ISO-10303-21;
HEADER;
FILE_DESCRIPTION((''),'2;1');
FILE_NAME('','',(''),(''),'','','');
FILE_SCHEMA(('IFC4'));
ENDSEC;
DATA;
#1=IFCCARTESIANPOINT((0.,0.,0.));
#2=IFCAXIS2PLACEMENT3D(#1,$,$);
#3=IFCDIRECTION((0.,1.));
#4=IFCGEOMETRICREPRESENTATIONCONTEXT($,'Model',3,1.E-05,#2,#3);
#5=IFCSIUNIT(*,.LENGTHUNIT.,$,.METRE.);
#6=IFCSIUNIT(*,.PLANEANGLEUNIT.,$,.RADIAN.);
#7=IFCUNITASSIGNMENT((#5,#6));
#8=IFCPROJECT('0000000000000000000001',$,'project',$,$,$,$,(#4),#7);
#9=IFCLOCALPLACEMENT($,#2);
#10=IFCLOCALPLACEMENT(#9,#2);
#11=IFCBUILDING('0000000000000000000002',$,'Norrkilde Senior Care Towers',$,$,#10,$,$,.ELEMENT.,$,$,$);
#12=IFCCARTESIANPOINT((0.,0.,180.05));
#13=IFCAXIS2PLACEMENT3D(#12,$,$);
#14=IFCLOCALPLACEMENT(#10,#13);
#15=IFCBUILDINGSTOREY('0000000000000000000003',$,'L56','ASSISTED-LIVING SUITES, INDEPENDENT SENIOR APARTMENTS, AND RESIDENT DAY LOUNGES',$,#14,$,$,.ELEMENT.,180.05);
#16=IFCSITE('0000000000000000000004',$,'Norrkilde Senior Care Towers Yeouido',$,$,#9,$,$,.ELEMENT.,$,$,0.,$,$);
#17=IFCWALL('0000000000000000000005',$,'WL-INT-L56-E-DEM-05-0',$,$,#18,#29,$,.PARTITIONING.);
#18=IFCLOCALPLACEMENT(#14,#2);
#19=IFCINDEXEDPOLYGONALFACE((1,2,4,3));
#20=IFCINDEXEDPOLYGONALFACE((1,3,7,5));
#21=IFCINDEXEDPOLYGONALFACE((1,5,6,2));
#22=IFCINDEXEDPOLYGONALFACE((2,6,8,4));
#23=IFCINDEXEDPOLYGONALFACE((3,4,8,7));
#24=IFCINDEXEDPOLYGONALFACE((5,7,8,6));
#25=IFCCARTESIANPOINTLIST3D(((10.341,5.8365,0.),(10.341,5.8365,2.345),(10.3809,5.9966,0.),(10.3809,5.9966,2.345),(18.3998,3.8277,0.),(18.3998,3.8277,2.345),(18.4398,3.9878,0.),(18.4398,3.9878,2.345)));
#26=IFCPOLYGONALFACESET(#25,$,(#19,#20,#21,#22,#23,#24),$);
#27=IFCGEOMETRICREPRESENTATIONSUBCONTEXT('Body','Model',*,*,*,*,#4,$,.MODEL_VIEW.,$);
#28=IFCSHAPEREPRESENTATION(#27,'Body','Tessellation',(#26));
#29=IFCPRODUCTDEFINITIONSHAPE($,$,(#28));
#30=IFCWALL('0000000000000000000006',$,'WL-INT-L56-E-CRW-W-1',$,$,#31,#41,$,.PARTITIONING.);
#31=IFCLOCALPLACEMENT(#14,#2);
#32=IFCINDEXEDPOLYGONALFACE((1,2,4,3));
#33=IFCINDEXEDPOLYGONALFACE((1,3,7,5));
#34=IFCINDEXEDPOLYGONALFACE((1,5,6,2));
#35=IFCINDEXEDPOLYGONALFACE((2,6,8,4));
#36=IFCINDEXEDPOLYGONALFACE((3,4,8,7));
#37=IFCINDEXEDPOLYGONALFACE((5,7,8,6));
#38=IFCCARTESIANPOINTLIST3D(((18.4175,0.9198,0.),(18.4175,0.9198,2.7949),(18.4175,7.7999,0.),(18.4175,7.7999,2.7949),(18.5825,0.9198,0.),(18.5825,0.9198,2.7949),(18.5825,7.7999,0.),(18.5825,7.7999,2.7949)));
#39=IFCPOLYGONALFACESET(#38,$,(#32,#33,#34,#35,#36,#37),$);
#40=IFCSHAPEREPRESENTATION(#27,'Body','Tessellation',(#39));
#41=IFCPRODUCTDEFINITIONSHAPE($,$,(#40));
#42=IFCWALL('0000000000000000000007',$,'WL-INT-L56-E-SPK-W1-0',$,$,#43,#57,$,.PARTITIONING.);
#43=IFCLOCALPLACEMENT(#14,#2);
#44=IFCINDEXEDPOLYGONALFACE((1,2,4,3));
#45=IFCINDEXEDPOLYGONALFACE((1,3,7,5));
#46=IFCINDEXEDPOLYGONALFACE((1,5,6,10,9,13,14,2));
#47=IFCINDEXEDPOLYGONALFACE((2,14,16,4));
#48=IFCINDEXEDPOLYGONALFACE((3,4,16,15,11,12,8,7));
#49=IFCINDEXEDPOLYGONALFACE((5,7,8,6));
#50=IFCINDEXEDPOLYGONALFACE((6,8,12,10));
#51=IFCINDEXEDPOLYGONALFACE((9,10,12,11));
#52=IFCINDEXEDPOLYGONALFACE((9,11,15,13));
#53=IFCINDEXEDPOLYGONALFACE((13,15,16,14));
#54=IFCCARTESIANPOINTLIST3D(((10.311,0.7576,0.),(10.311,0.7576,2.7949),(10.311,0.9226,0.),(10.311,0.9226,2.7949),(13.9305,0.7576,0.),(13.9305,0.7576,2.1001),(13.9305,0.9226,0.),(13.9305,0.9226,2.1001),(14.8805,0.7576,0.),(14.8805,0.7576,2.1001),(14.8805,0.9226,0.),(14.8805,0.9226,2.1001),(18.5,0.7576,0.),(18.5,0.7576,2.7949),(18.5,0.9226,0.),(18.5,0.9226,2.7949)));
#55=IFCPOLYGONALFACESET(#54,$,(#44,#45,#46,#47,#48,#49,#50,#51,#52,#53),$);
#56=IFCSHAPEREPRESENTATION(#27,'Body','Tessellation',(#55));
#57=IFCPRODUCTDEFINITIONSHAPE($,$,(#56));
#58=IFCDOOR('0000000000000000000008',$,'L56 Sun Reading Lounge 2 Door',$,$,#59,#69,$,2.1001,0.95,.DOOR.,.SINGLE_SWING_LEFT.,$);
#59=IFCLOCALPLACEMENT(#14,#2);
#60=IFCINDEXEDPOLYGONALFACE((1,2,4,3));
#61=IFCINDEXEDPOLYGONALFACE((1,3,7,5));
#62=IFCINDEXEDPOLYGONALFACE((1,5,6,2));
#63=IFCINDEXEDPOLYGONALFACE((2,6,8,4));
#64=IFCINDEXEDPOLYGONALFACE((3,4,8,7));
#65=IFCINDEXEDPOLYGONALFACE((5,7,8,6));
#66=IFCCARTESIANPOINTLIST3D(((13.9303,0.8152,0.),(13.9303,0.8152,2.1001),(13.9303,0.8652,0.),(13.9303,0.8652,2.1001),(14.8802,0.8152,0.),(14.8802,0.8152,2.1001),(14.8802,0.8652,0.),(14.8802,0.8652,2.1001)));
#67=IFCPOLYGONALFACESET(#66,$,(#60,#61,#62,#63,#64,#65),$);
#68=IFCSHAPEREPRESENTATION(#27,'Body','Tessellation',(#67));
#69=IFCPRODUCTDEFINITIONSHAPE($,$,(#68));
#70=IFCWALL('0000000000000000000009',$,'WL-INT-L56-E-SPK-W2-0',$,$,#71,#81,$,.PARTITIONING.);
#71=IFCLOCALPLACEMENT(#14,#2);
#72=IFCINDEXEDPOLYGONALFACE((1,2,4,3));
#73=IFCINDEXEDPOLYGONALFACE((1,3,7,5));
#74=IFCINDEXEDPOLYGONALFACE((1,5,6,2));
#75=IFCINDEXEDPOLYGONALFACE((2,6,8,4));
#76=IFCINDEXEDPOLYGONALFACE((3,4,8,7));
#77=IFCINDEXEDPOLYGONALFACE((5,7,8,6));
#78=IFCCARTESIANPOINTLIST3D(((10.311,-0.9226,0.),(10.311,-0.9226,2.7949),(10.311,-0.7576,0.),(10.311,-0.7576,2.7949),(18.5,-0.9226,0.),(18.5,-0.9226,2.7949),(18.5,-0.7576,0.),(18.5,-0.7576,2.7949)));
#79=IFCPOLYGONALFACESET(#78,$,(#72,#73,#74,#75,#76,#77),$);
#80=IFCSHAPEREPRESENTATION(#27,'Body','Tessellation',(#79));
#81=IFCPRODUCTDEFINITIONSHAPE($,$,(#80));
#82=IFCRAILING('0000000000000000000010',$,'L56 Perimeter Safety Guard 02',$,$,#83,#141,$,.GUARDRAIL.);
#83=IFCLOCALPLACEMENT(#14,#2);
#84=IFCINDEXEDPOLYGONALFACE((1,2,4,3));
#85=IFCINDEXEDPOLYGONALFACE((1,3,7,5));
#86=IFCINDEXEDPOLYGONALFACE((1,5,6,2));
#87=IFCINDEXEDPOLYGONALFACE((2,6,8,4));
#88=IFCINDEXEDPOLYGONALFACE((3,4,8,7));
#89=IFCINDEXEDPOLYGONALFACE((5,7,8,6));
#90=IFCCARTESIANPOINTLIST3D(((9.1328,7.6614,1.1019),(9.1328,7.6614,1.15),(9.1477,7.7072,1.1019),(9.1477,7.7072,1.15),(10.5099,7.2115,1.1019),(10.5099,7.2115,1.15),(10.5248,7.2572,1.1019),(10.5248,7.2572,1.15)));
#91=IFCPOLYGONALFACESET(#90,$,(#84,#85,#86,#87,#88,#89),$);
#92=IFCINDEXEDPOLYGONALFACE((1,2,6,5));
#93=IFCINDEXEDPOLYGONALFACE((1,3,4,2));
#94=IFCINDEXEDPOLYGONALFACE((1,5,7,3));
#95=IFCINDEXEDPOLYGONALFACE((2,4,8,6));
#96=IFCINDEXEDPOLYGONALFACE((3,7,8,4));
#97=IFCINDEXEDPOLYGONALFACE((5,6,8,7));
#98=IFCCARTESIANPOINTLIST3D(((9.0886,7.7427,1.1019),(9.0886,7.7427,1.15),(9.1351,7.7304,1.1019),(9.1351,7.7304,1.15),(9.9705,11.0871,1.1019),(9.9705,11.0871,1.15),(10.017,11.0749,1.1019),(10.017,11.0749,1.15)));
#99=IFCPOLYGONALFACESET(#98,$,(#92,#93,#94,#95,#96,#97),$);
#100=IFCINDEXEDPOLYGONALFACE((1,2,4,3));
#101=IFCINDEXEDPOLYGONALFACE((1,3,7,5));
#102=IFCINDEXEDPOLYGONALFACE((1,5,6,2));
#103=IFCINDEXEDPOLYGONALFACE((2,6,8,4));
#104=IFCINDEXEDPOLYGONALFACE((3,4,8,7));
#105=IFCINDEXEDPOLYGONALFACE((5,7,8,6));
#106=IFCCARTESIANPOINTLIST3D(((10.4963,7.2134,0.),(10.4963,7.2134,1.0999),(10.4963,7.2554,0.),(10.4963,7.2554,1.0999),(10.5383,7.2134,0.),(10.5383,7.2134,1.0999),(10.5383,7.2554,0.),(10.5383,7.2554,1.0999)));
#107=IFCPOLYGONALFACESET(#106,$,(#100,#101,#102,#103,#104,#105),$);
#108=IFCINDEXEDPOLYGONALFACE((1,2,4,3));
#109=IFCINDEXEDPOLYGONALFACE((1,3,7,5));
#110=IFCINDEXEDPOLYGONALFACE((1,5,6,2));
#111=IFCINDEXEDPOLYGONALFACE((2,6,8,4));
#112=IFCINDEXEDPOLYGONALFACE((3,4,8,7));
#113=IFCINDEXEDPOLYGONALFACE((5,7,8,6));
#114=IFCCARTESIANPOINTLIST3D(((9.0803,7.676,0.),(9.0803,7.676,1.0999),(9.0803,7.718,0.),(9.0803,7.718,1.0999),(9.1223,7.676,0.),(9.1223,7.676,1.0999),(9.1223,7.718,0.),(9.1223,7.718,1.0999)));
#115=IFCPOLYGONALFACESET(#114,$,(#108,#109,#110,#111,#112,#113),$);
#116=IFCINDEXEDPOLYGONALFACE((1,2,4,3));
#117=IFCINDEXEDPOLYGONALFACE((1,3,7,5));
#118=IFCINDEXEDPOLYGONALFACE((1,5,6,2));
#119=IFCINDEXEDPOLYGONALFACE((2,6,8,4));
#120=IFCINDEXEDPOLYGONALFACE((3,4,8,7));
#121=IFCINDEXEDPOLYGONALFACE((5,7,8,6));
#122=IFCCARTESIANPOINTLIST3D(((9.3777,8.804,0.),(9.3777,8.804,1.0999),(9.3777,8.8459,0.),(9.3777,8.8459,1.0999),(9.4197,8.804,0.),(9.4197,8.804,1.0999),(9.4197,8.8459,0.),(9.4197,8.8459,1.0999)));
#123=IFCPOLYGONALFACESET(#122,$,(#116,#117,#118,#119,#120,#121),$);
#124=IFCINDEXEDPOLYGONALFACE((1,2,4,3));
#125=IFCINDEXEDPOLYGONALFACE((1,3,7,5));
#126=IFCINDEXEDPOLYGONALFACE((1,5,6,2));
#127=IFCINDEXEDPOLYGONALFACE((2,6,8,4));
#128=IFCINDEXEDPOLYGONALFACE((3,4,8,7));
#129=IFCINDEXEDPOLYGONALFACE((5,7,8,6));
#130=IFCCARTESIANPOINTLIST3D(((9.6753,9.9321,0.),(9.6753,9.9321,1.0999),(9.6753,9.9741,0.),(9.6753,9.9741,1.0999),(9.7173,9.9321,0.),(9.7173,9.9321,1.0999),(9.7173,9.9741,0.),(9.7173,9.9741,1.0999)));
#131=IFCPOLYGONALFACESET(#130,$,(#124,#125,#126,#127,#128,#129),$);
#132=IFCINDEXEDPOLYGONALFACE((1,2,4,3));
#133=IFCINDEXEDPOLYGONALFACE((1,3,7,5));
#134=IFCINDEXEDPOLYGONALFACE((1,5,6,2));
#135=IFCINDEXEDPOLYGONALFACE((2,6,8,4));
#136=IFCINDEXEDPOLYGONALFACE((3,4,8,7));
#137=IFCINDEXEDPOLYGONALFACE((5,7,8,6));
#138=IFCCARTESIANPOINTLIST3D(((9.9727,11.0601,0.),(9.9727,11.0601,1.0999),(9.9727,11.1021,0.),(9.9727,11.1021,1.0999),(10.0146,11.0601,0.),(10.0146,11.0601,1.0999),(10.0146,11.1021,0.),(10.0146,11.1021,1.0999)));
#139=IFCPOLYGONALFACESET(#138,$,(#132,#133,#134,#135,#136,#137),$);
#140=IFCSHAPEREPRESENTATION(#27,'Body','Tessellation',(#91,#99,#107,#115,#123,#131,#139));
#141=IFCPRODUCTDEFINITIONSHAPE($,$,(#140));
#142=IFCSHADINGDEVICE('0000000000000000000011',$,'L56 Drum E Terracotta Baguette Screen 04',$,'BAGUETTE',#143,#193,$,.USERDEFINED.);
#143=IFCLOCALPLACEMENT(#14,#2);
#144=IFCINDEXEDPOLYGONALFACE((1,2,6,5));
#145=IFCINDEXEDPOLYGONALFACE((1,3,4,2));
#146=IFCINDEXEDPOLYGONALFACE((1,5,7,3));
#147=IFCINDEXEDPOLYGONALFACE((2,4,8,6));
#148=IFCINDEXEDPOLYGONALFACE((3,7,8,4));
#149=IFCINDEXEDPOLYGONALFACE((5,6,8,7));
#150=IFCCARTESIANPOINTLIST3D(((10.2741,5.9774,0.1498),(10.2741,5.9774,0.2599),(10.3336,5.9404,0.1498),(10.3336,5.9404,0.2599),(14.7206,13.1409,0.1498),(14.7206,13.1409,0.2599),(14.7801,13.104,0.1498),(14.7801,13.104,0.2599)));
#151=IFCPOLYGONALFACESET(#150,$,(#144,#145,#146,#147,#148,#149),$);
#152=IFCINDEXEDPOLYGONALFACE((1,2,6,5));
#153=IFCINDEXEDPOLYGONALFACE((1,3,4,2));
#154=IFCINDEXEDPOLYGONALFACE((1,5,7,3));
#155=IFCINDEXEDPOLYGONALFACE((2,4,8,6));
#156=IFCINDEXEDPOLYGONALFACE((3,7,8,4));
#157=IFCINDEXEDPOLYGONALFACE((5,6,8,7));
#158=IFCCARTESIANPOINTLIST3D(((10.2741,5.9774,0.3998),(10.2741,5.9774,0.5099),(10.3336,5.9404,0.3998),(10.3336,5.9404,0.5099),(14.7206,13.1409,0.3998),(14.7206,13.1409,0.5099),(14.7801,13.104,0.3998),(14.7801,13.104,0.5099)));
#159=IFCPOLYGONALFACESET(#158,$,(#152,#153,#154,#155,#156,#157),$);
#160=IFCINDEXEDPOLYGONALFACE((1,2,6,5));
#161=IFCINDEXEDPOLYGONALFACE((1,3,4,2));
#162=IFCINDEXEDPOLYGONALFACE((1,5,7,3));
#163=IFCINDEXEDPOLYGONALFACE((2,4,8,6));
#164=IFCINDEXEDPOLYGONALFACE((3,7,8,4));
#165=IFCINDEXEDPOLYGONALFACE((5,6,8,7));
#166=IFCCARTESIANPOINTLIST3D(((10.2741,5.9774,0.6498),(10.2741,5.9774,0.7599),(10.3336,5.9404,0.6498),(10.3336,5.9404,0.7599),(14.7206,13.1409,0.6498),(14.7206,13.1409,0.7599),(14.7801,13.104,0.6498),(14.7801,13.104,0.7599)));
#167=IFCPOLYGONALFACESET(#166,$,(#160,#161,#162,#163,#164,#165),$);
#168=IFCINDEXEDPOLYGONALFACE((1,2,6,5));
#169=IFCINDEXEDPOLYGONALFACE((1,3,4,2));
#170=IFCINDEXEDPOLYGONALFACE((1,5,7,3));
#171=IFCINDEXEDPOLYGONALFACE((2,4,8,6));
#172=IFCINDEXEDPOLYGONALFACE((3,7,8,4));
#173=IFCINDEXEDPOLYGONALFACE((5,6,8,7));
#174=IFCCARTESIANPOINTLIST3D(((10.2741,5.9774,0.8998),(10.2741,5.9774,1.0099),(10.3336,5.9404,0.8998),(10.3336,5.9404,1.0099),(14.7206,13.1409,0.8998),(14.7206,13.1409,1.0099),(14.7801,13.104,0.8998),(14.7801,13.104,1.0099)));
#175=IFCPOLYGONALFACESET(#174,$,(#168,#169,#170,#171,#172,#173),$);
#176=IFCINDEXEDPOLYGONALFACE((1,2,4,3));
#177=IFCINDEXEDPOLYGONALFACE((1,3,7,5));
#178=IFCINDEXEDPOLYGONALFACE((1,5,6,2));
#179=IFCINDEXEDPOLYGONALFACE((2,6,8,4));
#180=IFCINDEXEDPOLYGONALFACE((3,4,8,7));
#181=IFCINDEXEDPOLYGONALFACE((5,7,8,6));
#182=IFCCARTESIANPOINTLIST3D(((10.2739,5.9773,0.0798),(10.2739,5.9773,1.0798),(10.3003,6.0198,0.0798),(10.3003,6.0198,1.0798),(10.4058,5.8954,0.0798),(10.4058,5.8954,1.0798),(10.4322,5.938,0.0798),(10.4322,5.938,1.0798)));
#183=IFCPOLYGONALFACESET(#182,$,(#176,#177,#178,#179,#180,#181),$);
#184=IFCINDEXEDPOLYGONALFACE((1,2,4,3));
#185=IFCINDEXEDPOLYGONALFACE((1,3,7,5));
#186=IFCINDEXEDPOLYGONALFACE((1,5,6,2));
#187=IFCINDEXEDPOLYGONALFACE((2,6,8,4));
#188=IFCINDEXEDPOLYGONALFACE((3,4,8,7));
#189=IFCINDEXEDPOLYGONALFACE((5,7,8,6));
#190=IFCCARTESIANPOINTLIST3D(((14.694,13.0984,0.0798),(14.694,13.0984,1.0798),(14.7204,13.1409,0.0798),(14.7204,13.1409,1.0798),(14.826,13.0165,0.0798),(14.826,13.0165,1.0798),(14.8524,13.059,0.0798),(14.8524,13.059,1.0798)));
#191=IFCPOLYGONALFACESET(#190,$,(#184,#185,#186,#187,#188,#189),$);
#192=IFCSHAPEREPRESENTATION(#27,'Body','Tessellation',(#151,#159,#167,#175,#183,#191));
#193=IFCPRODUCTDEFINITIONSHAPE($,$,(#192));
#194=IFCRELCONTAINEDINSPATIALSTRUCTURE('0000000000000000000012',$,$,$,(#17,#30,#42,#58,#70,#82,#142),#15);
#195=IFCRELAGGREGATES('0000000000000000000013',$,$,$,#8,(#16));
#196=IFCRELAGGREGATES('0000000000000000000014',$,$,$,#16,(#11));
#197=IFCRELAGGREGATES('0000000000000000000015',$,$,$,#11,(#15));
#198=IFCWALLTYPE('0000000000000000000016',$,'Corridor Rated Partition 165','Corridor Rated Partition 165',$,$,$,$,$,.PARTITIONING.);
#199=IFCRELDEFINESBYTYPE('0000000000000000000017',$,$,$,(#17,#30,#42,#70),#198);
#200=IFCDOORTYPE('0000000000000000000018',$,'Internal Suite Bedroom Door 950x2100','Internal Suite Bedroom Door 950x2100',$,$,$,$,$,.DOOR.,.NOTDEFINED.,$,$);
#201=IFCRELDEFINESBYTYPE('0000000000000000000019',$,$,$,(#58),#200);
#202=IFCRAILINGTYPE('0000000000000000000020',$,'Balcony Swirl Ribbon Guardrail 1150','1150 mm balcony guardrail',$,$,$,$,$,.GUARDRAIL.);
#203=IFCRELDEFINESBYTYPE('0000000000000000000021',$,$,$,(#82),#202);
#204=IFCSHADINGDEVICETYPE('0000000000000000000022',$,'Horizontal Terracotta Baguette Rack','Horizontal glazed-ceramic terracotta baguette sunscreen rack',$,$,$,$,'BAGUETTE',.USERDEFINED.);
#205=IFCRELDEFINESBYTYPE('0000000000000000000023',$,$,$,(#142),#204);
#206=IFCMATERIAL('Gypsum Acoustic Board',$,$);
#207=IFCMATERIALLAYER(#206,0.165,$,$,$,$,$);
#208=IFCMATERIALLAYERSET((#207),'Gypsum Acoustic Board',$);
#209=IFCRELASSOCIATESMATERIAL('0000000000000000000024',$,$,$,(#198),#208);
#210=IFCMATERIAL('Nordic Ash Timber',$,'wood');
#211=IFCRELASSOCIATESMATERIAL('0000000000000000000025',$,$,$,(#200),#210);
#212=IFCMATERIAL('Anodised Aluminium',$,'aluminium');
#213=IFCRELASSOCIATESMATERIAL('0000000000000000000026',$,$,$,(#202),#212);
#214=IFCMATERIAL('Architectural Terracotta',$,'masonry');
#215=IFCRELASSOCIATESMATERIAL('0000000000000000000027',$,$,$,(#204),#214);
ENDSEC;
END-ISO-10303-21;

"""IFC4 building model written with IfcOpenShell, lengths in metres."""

from ifc_helpers import new_model, si_unit, direction, frame, frame_2d, origin, origin_2d, place, context, subcontext, project, spatial, rectangle, extrude, source, transform, mapped, material, layer, layer_set, type_object, type_shapes, element, fill, save


model = new_model("IFC4")

# Units and contexts
model_context = context("Model", 3, precision=1e-05, world=origin(), true_north=direction((0.0, 1.0)))
body_context = subcontext(model_context, "Body", "Model", "MODEL_VIEW")
ifc_project = project(units=[si_unit("LENGTHUNIT", "METRE"), si_unit("PLANEANGLEUNIT", "RADIAN")], contexts=[model_context])

# Site, building, storey
site_placement = place(None, origin())
site = spatial("IfcSite", under=ifc_project, at=site_placement, Name="Norrkilde Senior Care Towers Yeouido", CompositionType="ELEMENT", RefElevation=0.0)
building_placement = place(site_placement, origin())
building = spatial("IfcBuilding", under=site, at=building_placement, Name="Norrkilde Senior Care Towers", CompositionType="ELEMENT")
storey_placement = place(building_placement, frame((0.0, 0.0, 180.05)))
storey = spatial("IfcBuildingStorey", under=building, at=storey_placement, Name="L56", Description="ASSISTED-LIVING SUITES, INDEPENDENT SENIOR APARTMENTS, AND RESIDENT DAY LOUNGES", CompositionType="ELEMENT", Elevation=180.05)

# Shared definitions
ifc_material_1 = material(Name="Anodised Aluminium", Category="aluminium")

# Walls
ifc_material_2 = material(Name="Gypsum Acoustic Board")
ifc_layer_1 = layer(ifc_material_2, 0.165)
ifc_layer_set_1 = layer_set([ifc_layer_1], Name="Gypsum Acoustic Board")
wall_type = type_object("IfcWallType", Name="Corridor Rated Partition 165", Description="Corridor Rated Partition 165", PredefinedType="PARTITIONING", material=ifc_layer_set_1)
shared_shape_1 = source(origin(), body_context, "Body", "SweptSolid", [
    extrude(rectangle(XDim=8.3054, YDim=0.165, at=frame_2d((4.1528, 0.0))), origin(), (0.0, 0.0, 1.0), 2.345),
])
wall_1_placement = place(storey_placement, frame((18.4199, 3.9077, 0.0), z_axis=(0.0, 0.0, 1.0), x_axis=(-0.97031, 0.241865, 0.0)))
element("IfcWall", 1, at=wall_1_placement, inside=storey, type_object=wall_type, Name="WL-INT-L56-E-DEM-05-0", PredefinedType="PARTITIONING", context=body_context, shape_type="MappedRepresentation", body=[
    mapped(shared_shape_1, transform((0.0, 0.0, 0.0), x_axis=(1.0, 0.0, 0.0), y_axis=(0.0, 1.0, 0.0), z_axis=(0.0, 0.0, 1.0), scale=1.0)),
])
shared_shape_2 = source(origin(), body_context, "Body", "SweptSolid", [
    extrude(rectangle(XDim=6.8801, YDim=0.165, at=frame_2d((3.4399, 0.0))), origin(), (0.0, 0.0, 1.0), 2.7949),
])
wall_2_placement = place(storey_placement, frame((18.5, 0.9199, 0.0), z_axis=(0.0, 0.0, 1.0), x_axis=(0.0, 1.0, 0.0)))
element("IfcWall", 2, at=wall_2_placement, inside=storey, type_object=wall_type, Name="WL-INT-L56-E-CRW-W-1", PredefinedType="PARTITIONING", context=body_context, shape_type="MappedRepresentation", body=[
    mapped(shared_shape_2, transform((0.0, 0.0, 0.0), x_axis=(1.0, 0.0, 0.0), y_axis=(0.0, 1.0, 0.0), z_axis=(0.0, 0.0, 1.0), scale=1.0)),
])

# Wall, opening, door
shared_shape_3 = source(origin(), body_context, "Body", "SweptSolid", [
    extrude(rectangle(XDim=8.189, YDim=0.165, at=frame_2d((4.0945, 0.0))), origin(), (0.0, 0.0, 1.0), 2.7949),
])
wall_3_placement = place(storey_placement, frame((10.311, 0.8401, 0.0), z_axis=(0.0, 0.0, 1.0), x_axis=(1.0, 0.0, 0.0)))
wall_3 = element("IfcWall", 3, at=wall_3_placement, inside=storey, type_object=wall_type, Name="WL-INT-L56-E-SPK-W1-0", PredefinedType="PARTITIONING", context=body_context, shape_type="MappedRepresentation", body=[
    mapped(shared_shape_3, transform((0.0, 0.0, 0.0), x_axis=(1.0, 0.0, 0.0), y_axis=(0.0, 1.0, 0.0), z_axis=(0.0, 0.0, 1.0), scale=1.0)),
])
opening_placement = place(wall_3_placement, frame((3.6194, 0.0, 0.0)))
opening = element("IfcOpeningElement", 4, at=opening_placement, cuts=wall_3, PredefinedType="OPENING", context=body_context, shape_type="SweptSolid", body=[
    extrude(rectangle(XDim=0.95, YDim=2.1001, at=frame_2d((0.4751, 1.05))), frame((0.0, 0.0925, 0.0), z_axis=(0.0, -1.0, 0.0), x_axis=(1.0, 0.0, 0.0)), (0.0, 0.0, 1.0), 0.1851),
])
ifc_material_3 = material(Name="Nordic Ash Timber", Category="wood")
door_type = type_object("IfcDoorType", Name="Internal Suite Bedroom Door 950x2100", Description="Internal Suite Bedroom Door 950x2100", OperationType="NOTDEFINED", PredefinedType="DOOR", material=ifc_material_3)
shared_shape_4 = source(origin(), body_context, "Body", "SweptSolid", [
    extrude(rectangle(XDim=0.95, YDim=2.1001, at=frame_2d((0.4751, 1.05))), frame((0.0, 0.0249, 0.0), z_axis=(0.0, -1.0, 0.0), x_axis=(1.0, 0.0, 0.0)), (0.0, 0.0, 1.0), 0.05),
])
type_shapes(door_type, [shared_shape_4])
door_placement = place(opening_placement, frame((0.95, 0.0, 0.0), z_axis=(0.0, 0.0, 1.0), x_axis=(-1.0, 0.0, 0.0)))
door = element("IfcDoor", 5, at=door_placement, inside=storey, type_object=door_type, Name="L56 Sun Reading Lounge 2 Door", OperationType="SINGLE_SWING_LEFT", OverallHeight=2.1001, OverallWidth=0.95, PredefinedType="DOOR", context=body_context, shape_type="MappedRepresentation", body=[
    mapped(shared_shape_4, transform((0.0, 0.0, 0.0), x_axis=(1.0, 0.0, 0.0), y_axis=(0.0, 1.0, 0.0), z_axis=(0.0, 0.0, 1.0), scale=1.0)),
])
fill(opening, door)

# Wall
wall_4_placement = place(storey_placement, frame((18.5, -0.8401, 0.0), z_axis=(0.0, 0.0, 1.0), x_axis=(-1.0, 0.0, 0.0)))
element("IfcWall", 6, at=wall_4_placement, inside=storey, type_object=wall_type, Name="WL-INT-L56-E-SPK-W2-0", PredefinedType="PARTITIONING", context=body_context, shape_type="MappedRepresentation", body=[
    mapped(shared_shape_3, transform((0.0, 0.0, 0.0), x_axis=(1.0, 0.0, 0.0), y_axis=(0.0, 1.0, 0.0), z_axis=(0.0, 0.0, 1.0), scale=1.0)),
])

# Railing
railing_type = type_object("IfcRailingType", Name="Balcony Swirl Ribbon Guardrail 1150", Description="1150 mm balcony guardrail", PredefinedType="GUARDRAIL", material=ifc_material_1)
railing_1_placement = place(storey_placement, frame((10.5173, 7.2344, 0.0)))
element("IfcRailing", 7, at=railing_1_placement, inside=storey, type_object=railing_type, Name="L56 Perimeter Safety Guard 02", PredefinedType="GUARDRAIL", context=body_context, shape_type="SweptSolid", body=[
    extrude(rectangle(XDim=0.0481, YDim=0.0481, at=origin_2d()), frame((0.0, 0.0, 1.126), z_axis=(-0.950551, 0.310568, 0.0), x_axis=(-0.310568, -0.950551, 0.0)), (0.0, 0.0, 1.0), 1.4487),
    extrude(rectangle(XDim=0.0481, YDim=0.0481, at=origin_2d()), frame((-1.4055, 0.5022, 1.126), z_axis=(0.254974, 0.966948, 0.0), x_axis=(-0.966948, 0.254974, 0.0)), (0.0, 0.0, 1.0), 3.4587),
    extrude(rectangle(XDim=0.042, YDim=0.042, at=origin_2d()), origin(), (0.0, 0.0, 1.0), 1.0999),
    extrude(rectangle(XDim=0.042, YDim=0.042, at=origin_2d()), frame((-1.416, 0.4626, 0.0)), (0.0, 0.0, 1.0), 1.0999),
    extrude(rectangle(XDim=0.042, YDim=0.042, at=origin_2d()), frame((-1.1187, 1.5906, 0.0)), (0.0, 0.0, 1.0), 1.0999),
    extrude(rectangle(XDim=0.042, YDim=0.042, at=origin_2d()), frame((-0.821, 2.7188, 0.0)), (0.0, 0.0, 1.0), 1.0999),
    extrude(rectangle(XDim=0.042, YDim=0.042, at=origin_2d()), frame((-0.5237, 3.8467, 0.0)), (0.0, 0.0, 1.0), 1.0999),
])

# Shading device
ifc_material_4 = material(Name="Architectural Terracotta", Category="masonry")
shading_device_type = type_object("IfcShadingDeviceType", Name="Horizontal Terracotta Baguette Rack", Description="Horizontal glazed-ceramic terracotta baguette sunscreen rack", ElementType="BAGUETTE", PredefinedType="USERDEFINED", material=ifc_material_4)
shared_shape_5 = source(origin(), body_context, "Body", "SweptSolid", [
    extrude(rectangle(XDim=0.0701, YDim=0.1101, at=origin_2d()), frame((0.0, 0.0901, 0.125), z_axis=(1.0, 0.0, 0.0), x_axis=(0.0, 1.0, 0.0)), (0.0, 0.0, 1.0), 8.4314),
    extrude(rectangle(XDim=0.0701, YDim=0.1101, at=origin_2d()), frame((0.0, 0.0901, 0.375), z_axis=(1.0, 0.0, 0.0), x_axis=(0.0, 1.0, 0.0)), (0.0, 0.0, 1.0), 8.4314),
    extrude(rectangle(XDim=0.0701, YDim=0.1101, at=origin_2d()), frame((0.0, 0.0901, 0.625), z_axis=(1.0, 0.0, 0.0), x_axis=(0.0, 1.0, 0.0)), (0.0, 0.0, 1.0), 8.4314),
    extrude(rectangle(XDim=0.0701, YDim=0.1101, at=origin_2d()), frame((0.0, 0.0901, 0.875), z_axis=(1.0, 0.0, 0.0), x_axis=(0.0, 1.0, 0.0)), (0.0, 0.0, 1.0), 8.4314),
    extrude(rectangle(XDim=0.05, YDim=0.1553, at=origin_2d()), frame((0.0249, 0.0476, 0.0)), (0.0, 0.0, 1.0), 1.0),
    extrude(rectangle(XDim=0.05, YDim=0.1553, at=origin_2d()), frame((8.4062, 0.0476, 0.0)), (0.0, 0.0, 1.0), 1.0),
])
type_shapes(shading_device_type, [shared_shape_5])
shading_device_placement = place(storey_placement, frame((10.3804, 5.9114, 0.0798), z_axis=(0.0, 0.0, 1.0), x_axis=(0.527378, 0.849631, 0.0)))
element("IfcShadingDevice", 8, at=shading_device_placement, inside=storey, type_object=shading_device_type, Name="L56 Drum E Terracotta Baguette Screen 04", ObjectType="BAGUETTE", PredefinedType="USERDEFINED", context=body_context, shape_type="MappedRepresentation", body=[
    mapped(shared_shape_5, transform((0.0, 0.0, 0.0), x_axis=(1.0, 0.0, 0.0), y_axis=(0.0, 1.0, 0.0), z_axis=(0.0, 0.0, 1.0), scale=1.0)),
])

save(model, "model.ifc")
